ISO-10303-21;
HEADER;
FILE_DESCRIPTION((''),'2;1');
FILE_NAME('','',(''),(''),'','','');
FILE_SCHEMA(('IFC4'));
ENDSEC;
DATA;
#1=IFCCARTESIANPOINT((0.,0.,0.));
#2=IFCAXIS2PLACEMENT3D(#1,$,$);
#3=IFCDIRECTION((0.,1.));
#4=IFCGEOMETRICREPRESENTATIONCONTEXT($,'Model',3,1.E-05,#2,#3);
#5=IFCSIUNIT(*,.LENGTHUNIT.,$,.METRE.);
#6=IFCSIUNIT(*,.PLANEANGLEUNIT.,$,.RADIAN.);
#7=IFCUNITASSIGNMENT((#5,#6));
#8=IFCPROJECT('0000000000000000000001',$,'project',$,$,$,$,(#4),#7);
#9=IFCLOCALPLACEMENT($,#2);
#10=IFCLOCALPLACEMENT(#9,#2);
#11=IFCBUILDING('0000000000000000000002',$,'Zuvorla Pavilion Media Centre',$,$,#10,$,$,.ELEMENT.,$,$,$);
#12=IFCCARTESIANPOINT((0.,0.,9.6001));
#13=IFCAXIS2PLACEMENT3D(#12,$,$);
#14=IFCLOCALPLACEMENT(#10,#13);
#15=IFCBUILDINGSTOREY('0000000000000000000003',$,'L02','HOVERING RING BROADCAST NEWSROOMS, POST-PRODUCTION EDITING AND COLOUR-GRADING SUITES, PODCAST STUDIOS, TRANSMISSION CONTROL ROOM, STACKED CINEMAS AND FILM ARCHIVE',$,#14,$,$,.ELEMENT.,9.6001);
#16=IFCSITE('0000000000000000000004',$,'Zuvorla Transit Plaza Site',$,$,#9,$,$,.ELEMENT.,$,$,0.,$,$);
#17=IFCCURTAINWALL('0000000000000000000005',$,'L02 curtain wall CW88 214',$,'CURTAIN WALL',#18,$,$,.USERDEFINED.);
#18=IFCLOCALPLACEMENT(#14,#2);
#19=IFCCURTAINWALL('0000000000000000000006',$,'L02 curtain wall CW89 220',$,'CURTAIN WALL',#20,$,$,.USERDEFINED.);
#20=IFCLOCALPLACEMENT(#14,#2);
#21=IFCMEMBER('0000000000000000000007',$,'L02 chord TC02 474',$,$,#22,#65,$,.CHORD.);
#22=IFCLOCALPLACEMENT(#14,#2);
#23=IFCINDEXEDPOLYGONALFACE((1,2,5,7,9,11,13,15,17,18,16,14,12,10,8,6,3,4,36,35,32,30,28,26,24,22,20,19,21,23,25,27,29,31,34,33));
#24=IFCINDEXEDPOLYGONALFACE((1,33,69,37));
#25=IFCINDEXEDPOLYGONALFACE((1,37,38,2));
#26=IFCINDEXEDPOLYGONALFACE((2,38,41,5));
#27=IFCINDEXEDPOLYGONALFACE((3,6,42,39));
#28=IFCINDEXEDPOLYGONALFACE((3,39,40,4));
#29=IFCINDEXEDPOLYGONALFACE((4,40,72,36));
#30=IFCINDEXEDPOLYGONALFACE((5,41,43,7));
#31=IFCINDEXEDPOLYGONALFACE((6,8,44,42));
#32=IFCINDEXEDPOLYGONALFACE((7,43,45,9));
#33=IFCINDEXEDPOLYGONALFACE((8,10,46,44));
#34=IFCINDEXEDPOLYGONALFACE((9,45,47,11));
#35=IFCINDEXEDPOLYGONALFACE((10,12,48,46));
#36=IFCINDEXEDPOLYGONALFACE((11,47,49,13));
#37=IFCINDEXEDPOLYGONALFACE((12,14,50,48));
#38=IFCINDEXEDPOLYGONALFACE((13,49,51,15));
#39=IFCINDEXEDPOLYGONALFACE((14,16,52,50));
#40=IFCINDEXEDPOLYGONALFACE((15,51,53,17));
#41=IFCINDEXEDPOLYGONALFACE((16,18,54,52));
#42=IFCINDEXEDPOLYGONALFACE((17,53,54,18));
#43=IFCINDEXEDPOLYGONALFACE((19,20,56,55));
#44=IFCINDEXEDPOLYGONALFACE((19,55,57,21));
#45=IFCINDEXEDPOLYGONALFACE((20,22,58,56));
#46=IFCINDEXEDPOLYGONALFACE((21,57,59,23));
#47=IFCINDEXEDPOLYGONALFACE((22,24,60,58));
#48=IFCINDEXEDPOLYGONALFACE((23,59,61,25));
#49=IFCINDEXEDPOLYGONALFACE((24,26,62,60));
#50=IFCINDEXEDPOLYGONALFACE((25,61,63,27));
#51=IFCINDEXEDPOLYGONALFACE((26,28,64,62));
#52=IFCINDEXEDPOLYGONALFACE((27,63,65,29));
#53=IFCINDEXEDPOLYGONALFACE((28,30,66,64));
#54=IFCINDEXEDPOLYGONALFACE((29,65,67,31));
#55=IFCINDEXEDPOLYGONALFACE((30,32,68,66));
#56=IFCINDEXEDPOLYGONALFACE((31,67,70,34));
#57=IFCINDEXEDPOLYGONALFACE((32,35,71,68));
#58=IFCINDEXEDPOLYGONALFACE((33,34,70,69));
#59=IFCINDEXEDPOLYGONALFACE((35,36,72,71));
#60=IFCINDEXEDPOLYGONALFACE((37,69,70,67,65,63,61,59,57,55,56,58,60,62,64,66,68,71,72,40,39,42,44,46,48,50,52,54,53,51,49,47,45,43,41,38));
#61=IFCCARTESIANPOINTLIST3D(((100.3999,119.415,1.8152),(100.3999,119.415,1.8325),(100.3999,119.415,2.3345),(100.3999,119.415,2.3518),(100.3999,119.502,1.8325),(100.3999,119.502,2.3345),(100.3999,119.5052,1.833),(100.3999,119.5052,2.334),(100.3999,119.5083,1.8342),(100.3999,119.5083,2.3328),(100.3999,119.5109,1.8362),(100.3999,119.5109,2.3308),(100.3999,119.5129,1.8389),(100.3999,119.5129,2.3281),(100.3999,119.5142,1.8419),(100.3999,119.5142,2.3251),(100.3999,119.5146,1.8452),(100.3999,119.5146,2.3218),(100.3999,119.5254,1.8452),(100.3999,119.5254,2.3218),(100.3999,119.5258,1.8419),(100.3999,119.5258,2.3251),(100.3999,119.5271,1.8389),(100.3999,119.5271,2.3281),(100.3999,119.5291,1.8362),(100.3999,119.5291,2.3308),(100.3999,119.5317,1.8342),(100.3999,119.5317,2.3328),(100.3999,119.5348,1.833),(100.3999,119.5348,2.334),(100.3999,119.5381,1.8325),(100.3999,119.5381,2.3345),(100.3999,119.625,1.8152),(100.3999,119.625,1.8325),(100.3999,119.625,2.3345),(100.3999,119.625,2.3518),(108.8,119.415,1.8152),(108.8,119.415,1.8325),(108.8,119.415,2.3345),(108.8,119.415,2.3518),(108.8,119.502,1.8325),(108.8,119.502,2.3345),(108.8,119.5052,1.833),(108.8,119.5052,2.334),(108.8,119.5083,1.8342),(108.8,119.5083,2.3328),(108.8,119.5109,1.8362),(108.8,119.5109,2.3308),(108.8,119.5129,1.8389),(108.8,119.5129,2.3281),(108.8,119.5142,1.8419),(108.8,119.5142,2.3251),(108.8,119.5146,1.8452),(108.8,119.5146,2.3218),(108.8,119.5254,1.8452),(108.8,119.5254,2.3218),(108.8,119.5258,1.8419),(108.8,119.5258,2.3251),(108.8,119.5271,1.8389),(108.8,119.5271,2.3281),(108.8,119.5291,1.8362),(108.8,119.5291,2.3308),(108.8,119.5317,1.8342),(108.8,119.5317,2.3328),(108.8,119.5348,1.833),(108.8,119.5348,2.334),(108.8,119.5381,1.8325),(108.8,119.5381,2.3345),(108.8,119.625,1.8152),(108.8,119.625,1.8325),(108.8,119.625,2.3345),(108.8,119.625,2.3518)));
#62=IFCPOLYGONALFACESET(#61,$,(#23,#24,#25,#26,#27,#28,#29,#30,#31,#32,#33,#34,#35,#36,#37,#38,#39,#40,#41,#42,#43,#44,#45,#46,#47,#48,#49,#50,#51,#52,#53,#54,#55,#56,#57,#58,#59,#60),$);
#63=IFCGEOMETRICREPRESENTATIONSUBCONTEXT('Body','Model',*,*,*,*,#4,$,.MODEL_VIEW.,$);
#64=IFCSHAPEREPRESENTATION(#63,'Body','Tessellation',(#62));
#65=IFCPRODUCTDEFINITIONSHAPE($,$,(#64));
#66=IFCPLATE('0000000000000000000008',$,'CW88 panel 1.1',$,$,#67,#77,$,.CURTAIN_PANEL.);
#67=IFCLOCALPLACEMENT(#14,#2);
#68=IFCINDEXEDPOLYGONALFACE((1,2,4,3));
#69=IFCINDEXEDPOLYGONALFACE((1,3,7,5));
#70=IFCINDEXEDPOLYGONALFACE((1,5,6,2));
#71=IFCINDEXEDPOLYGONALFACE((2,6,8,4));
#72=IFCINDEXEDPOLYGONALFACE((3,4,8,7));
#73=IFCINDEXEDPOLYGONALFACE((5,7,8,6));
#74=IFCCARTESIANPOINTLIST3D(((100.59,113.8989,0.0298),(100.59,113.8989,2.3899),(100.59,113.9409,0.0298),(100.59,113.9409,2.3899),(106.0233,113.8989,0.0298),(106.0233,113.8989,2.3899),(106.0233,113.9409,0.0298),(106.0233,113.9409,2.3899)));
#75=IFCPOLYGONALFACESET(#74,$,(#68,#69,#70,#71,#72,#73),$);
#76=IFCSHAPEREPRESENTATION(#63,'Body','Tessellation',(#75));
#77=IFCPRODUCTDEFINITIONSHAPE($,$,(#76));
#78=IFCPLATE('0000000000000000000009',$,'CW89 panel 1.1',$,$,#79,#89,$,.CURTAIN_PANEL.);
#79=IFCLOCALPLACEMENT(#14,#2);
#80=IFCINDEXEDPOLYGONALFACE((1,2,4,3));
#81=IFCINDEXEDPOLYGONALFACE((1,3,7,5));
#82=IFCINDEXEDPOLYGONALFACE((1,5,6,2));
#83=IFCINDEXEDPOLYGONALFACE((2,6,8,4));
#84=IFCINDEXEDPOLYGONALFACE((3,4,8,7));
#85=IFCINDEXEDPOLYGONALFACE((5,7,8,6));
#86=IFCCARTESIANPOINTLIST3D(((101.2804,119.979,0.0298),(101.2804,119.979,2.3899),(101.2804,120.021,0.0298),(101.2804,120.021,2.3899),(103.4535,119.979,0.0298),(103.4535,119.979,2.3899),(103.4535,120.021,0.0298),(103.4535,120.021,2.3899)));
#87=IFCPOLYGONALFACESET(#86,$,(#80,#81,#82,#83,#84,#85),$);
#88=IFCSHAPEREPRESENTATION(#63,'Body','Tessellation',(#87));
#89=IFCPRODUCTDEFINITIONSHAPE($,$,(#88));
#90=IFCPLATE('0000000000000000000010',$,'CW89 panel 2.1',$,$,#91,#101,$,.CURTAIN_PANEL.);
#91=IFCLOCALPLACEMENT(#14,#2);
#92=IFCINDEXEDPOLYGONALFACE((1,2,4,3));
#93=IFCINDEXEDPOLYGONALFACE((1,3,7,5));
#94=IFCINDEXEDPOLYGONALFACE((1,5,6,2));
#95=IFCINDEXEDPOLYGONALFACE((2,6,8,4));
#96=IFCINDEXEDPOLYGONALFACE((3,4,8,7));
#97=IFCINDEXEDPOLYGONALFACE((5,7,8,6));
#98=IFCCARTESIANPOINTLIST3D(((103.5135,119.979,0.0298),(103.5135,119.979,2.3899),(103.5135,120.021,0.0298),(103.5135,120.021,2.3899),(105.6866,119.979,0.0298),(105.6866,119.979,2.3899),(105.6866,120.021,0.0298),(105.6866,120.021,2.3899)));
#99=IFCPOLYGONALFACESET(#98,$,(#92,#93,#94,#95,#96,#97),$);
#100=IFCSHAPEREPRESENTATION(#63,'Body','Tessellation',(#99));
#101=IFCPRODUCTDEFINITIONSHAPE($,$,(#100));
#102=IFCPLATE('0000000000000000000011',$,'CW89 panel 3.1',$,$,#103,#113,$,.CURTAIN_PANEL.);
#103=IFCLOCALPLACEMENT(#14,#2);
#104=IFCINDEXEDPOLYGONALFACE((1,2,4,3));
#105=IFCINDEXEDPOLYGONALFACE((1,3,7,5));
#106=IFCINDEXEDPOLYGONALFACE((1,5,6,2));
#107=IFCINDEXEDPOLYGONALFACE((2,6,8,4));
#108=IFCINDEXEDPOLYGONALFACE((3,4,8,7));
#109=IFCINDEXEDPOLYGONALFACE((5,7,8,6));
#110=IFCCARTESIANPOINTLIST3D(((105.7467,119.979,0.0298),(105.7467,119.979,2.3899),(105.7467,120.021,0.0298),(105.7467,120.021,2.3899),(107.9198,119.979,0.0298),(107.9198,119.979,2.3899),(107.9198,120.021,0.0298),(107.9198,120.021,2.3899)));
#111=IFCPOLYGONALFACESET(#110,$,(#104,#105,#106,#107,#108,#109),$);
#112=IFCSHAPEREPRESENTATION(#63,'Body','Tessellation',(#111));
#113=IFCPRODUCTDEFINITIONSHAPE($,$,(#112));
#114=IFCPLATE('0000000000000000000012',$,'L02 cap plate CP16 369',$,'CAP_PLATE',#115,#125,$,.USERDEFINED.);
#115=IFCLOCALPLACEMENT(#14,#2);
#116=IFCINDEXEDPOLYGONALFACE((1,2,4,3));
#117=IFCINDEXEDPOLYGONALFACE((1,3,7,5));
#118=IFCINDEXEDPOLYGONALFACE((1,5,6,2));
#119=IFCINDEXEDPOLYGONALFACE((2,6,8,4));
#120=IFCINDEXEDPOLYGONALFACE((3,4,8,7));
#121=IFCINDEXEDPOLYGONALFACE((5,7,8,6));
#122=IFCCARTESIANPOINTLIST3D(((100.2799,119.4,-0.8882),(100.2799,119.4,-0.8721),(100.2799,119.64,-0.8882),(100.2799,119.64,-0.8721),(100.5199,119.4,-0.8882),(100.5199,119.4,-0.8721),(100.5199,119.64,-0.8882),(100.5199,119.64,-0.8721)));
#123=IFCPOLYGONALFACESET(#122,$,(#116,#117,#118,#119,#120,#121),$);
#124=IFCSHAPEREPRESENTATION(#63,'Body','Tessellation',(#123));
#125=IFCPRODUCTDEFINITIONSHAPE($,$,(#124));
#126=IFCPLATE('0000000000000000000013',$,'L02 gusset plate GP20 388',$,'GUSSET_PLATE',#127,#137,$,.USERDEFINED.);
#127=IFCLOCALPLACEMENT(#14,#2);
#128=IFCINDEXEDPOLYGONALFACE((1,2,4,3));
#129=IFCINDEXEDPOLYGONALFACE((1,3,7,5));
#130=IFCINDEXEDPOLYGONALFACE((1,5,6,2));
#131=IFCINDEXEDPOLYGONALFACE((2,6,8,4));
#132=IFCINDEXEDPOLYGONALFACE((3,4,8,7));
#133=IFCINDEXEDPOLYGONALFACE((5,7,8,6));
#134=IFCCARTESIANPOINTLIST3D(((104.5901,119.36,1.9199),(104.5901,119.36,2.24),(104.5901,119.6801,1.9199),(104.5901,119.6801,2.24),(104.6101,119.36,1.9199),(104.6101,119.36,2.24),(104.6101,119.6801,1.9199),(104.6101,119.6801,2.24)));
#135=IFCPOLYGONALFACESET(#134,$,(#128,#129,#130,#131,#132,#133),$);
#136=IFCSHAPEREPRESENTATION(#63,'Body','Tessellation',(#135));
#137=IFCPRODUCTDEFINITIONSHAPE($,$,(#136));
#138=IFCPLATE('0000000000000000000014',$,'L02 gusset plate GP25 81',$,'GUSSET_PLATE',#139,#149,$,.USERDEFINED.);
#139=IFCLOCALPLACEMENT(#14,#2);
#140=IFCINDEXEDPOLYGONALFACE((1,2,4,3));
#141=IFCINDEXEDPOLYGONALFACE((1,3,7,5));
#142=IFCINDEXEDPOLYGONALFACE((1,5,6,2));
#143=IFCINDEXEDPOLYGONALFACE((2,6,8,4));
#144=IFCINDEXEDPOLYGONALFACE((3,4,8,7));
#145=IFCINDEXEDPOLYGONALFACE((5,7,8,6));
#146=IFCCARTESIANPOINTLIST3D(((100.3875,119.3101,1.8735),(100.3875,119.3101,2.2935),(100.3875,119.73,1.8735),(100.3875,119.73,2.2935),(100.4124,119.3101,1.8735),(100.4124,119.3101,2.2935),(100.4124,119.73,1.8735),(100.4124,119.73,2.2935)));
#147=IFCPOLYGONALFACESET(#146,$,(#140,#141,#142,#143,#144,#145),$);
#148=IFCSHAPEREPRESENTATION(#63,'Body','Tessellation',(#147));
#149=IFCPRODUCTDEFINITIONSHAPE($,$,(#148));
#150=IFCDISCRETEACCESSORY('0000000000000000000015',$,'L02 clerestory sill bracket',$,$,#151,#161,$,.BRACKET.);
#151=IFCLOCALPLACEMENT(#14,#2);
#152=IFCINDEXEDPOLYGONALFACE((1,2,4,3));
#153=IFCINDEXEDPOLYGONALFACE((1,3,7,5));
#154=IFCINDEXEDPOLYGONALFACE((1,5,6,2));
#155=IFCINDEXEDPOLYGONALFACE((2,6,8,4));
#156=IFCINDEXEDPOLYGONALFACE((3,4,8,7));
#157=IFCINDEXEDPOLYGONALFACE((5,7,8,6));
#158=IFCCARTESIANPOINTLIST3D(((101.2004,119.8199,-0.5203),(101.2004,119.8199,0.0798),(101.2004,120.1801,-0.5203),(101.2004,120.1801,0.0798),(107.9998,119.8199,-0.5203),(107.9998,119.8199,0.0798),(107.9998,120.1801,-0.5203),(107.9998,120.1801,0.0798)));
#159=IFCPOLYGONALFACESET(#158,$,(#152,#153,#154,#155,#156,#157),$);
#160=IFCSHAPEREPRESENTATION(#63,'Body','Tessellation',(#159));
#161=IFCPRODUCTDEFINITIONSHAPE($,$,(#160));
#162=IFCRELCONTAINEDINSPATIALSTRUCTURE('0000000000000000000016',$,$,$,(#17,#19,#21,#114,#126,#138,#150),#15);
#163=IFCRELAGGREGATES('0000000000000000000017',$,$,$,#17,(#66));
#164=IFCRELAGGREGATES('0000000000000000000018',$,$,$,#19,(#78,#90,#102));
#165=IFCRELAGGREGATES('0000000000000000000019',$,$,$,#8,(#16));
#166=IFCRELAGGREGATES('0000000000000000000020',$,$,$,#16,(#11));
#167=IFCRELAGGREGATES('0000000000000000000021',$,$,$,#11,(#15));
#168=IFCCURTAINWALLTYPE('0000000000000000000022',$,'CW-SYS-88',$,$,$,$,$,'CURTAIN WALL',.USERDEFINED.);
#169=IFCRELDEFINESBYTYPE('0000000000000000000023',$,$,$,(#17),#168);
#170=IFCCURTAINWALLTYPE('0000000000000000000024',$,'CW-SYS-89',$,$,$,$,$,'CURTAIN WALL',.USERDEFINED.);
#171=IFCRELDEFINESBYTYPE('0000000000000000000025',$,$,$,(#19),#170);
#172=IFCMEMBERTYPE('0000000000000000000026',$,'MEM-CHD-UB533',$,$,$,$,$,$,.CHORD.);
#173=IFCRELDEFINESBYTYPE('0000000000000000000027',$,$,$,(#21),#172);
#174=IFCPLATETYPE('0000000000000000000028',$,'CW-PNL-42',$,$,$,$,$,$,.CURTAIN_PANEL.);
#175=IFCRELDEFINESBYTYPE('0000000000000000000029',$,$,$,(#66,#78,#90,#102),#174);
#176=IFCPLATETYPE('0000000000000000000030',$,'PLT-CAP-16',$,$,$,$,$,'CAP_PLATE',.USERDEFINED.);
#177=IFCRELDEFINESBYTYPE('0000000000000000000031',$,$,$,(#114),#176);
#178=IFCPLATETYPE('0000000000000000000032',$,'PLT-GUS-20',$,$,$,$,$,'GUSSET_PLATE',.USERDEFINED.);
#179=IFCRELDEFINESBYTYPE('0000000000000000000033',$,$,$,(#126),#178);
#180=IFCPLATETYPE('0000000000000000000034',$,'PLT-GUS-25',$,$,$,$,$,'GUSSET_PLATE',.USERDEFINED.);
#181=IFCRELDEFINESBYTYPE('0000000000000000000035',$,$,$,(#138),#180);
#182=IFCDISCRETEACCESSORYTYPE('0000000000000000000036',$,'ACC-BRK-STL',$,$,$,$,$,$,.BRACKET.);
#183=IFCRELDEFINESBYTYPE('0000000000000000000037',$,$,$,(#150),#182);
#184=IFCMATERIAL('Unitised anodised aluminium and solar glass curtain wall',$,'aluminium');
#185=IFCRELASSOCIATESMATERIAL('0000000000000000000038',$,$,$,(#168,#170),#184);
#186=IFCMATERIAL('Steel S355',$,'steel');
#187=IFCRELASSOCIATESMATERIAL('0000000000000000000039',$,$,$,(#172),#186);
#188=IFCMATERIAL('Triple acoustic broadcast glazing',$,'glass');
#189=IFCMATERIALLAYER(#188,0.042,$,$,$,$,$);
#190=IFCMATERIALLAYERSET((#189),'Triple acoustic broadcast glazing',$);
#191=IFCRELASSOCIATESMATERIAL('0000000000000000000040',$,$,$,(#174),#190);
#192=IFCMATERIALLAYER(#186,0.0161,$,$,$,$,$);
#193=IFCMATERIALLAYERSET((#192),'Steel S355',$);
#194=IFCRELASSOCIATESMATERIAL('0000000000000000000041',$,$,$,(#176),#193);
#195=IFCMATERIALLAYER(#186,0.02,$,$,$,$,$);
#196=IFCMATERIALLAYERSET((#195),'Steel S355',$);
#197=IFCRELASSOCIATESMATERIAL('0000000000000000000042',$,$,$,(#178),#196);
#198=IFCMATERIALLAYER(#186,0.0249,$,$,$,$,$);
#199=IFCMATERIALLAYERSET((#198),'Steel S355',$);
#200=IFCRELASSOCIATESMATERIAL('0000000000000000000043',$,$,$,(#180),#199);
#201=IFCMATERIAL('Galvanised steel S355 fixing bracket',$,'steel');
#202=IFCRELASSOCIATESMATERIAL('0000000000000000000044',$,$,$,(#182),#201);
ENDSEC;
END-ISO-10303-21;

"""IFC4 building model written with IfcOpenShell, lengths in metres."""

from ifc_helpers import new_model, si_unit, direction, frame, origin, origin_2d, place, context, subcontext, project, spatial, rectangle, i_section, extrude, material, layer, layer_set, material_profile, profile_set, type_object, element, aggregate, save


model = new_model("IFC4")

# Units and contexts
model_context = context("Model", 3, precision=1e-05, world=origin(), true_north=direction((0.0, 1.0)))
body_context = subcontext(model_context, "Body", "Model", "MODEL_VIEW")
ifc_project = project(units=[si_unit("LENGTHUNIT", "METRE"), si_unit("PLANEANGLEUNIT", "RADIAN")], contexts=[model_context])

# Site, building, storey
site_placement = place(None, origin())
site = spatial("IfcSite", under=ifc_project, at=site_placement, Name="Zuvorla Transit Plaza Site", CompositionType="ELEMENT", RefElevation=0.0)
building_placement = place(site_placement, origin())
building = spatial("IfcBuilding", under=site, at=building_placement, Name="Zuvorla Pavilion Media Centre", CompositionType="ELEMENT")
storey_placement = place(building_placement, frame((0.0, 0.0, 9.6001)))
storey = spatial("IfcBuildingStorey", under=building, at=storey_placement, Name="L02", Description="HOVERING RING BROADCAST NEWSROOMS, POST-PRODUCTION EDITING AND COLOUR-GRADING SUITES, PODCAST STUDIOS, TRANSMISSION CONTROL ROOM, STACKED CINEMAS AND FILM ARCHIVE", CompositionType="ELEMENT", Elevation=9.6001)

# Shared definitions
ifc_material_1 = material(Name="Steel S355", Category="steel")

# Curtain walls
ifc_material_2 = material(Name="Unitised anodised aluminium and solar glass curtain wall", Category="aluminium")
curtain_wall_type_1 = type_object("IfcCurtainWallType", Name="CW-SYS-88", ElementType="CURTAIN WALL", PredefinedType="USERDEFINED", material=ifc_material_2)
curtain_wall_1_placement = place(storey_placement, origin())
curtain_wall_1 = element("IfcCurtainWall", 1, at=curtain_wall_1_placement, inside=storey, type_object=curtain_wall_type_1, Name="L02 curtain wall CW88 214", ObjectType="CURTAIN WALL", PredefinedType="USERDEFINED")
curtain_wall_type_2 = type_object("IfcCurtainWallType", Name="CW-SYS-89", ElementType="CURTAIN WALL", PredefinedType="USERDEFINED", material=ifc_material_2)
curtain_wall_2_placement = place(storey_placement, origin())
curtain_wall_2 = element("IfcCurtainWall", 2, at=curtain_wall_2_placement, inside=storey, type_object=curtain_wall_type_2, Name="L02 curtain wall CW89 220", ObjectType="CURTAIN WALL", PredefinedType="USERDEFINED")

# Member
ifc_material_profile_1 = material_profile(ifc_material_1, i_section(OverallWidth=0.21, OverallDepth=0.5366, WebThickness=0.0107, FlangeThickness=0.0173, FilletRadius=0.0127, at=origin_2d()), Name="UB 533x210x101")
ifc_profile_set_1 = profile_set([ifc_material_profile_1], Name="Steel S355")
member_type_1 = type_object("IfcMemberType", Name="MEM-CHD-UB533", PredefinedType="CHORD", material=ifc_profile_set_1)
member_1_placement = place(storey_placement, frame((100.3999, 119.52, 2.0835), z_axis=(1.0, 0.0, 0.0), x_axis=(0.0, 1.0, 0.0)))
element("IfcMember", 3, at=member_1_placement, inside=storey, type_object=member_type_1, Name="L02 chord TC02 474", PredefinedType="CHORD", context=body_context, shape_type="SweptSolid", body=[
    extrude(i_section(OverallWidth=0.21, OverallDepth=0.5366, WebThickness=0.0107, FlangeThickness=0.0173, FilletRadius=0.0127, at=origin_2d()), origin(), (0.0, 0.0, 1.0), 8.4001),
])

# Plates
ifc_material_3 = material(Name="Triple acoustic broadcast glazing", Category="glass")
ifc_layer_1 = layer(ifc_material_3, 0.042)
ifc_layer_set_1 = layer_set([ifc_layer_1], Name="Triple acoustic broadcast glazing")
plate_type_1 = type_object("IfcPlateType", Name="CW-PNL-42", PredefinedType="CURTAIN_PANEL", material=ifc_layer_set_1)
plate_1_placement = place(storey_placement, frame((103.3066, 113.9199, 0.0298), z_axis=(0.0, 0.0, 1.0), x_axis=(1.0, 0.0, 0.0)))
plate_1 = element("IfcPlate", 4, at=plate_1_placement, type_object=plate_type_1, Name="CW88 panel 1.1", PredefinedType="CURTAIN_PANEL", context=body_context, shape_type="SweptSolid", body=[
    extrude(rectangle(XDim=5.4333, YDim=0.042, at=origin_2d()), origin(), (0.0, 0.0, 1.0), 2.3601),
])
aggregate(curtain_wall_1, [plate_1])
plate_2_placement = place(storey_placement, frame((102.3669, 120.0, 0.0298), z_axis=(0.0, 0.0, 1.0), x_axis=(1.0, 0.0, 0.0)))
plate_2 = element("IfcPlate", 5, at=plate_2_placement, type_object=plate_type_1, Name="CW89 panel 1.1", PredefinedType="CURTAIN_PANEL", context=body_context, shape_type="SweptSolid", body=[
    extrude(rectangle(XDim=2.1731, YDim=0.042, at=origin_2d()), origin(), (0.0, 0.0, 1.0), 2.3601),
])
plate_3_placement = place(storey_placement, frame((104.6001, 120.0, 0.0298), z_axis=(0.0, 0.0, 1.0), x_axis=(1.0, 0.0, 0.0)))
plate_3 = element("IfcPlate", 6, at=plate_3_placement, type_object=plate_type_1, Name="CW89 panel 2.1", PredefinedType="CURTAIN_PANEL", context=body_context, shape_type="SweptSolid", body=[
    extrude(rectangle(XDim=2.1731, YDim=0.042, at=origin_2d()), origin(), (0.0, 0.0, 1.0), 2.3601),
])
plate_4_placement = place(storey_placement, frame((106.8333, 120.0, 0.0298), z_axis=(0.0, 0.0, 1.0), x_axis=(1.0, 0.0, 0.0)))
plate_4 = element("IfcPlate", 7, at=plate_4_placement, type_object=plate_type_1, Name="CW89 panel 3.1", PredefinedType="CURTAIN_PANEL", context=body_context, shape_type="SweptSolid", body=[
    extrude(rectangle(XDim=2.1731, YDim=0.042, at=origin_2d()), origin(), (0.0, 0.0, 1.0), 2.3601),
])
aggregate(curtain_wall_2, [plate_2, plate_3, plate_4])

# Plates
ifc_layer_2 = layer(ifc_material_1, 0.0161)
ifc_layer_set_2 = layer_set([ifc_layer_2], Name="Steel S355")
plate_type_2 = type_object("IfcPlateType", Name="PLT-CAP-16", ElementType="CAP_PLATE", PredefinedType="USERDEFINED", material=ifc_layer_set_2)
plate_5_placement = place(storey_placement, frame((100.3999, 119.52, -0.8882), z_axis=(0.0, 0.0, 1.0), x_axis=(1.0, 0.0, 0.0)))
element("IfcPlate", 8, at=plate_5_placement, inside=storey, type_object=plate_type_2, Name="L02 cap plate CP16 369", ObjectType="CAP_PLATE", PredefinedType="USERDEFINED", context=body_context, shape_type="SweptSolid", body=[
    extrude(rectangle(XDim=0.24, YDim=0.24, at=origin_2d()), origin(), (0.0, 0.0, 1.0), 0.0161),
])
ifc_layer_3 = layer(ifc_material_1, 0.02)
ifc_layer_set_3 = layer_set([ifc_layer_3], Name="Steel S355")
plate_type_3 = type_object("IfcPlateType", Name="PLT-GUS-20", ElementType="GUSSET_PLATE", PredefinedType="USERDEFINED", material=ifc_layer_set_3)
plate_6_placement = place(storey_placement, frame((104.6001, 119.52, 1.9199), z_axis=(0.0, 0.0, 1.0), x_axis=(1.0, 0.0, 0.0)))
element("IfcPlate", 9, at=plate_6_placement, inside=storey, type_object=plate_type_3, Name="L02 gusset plate GP20 388", ObjectType="GUSSET_PLATE", PredefinedType="USERDEFINED", context=body_context, shape_type="SweptSolid", body=[
    extrude(rectangle(XDim=0.02, YDim=0.3201, at=origin_2d()), origin(), (0.0, 0.0, 1.0), 0.3201),
])
ifc_layer_4 = layer(ifc_material_1, 0.0249)
ifc_layer_set_4 = layer_set([ifc_layer_4], Name="Steel S355")
plate_type_4 = type_object("IfcPlateType", Name="PLT-GUS-25", ElementType="GUSSET_PLATE", PredefinedType="USERDEFINED", material=ifc_layer_set_4)
plate_7_placement = place(storey_placement, frame((100.3999, 119.52, 1.8735), z_axis=(0.0, 0.0, 1.0), x_axis=(1.0, 0.0, 0.0)))
element("IfcPlate", 10, at=plate_7_placement, inside=storey, type_object=plate_type_4, Name="L02 gusset plate GP25 81", ObjectType="GUSSET_PLATE", PredefinedType="USERDEFINED", context=body_context, shape_type="SweptSolid", body=[
    extrude(rectangle(XDim=0.0249, YDim=0.4199, at=origin_2d()), origin(), (0.0, 0.0, 1.0), 0.4199),
])

# Discrete accessory
ifc_material_4 = material(Name="Galvanised steel S355 fixing bracket", Category="steel")
discrete_accessory_type = type_object("IfcDiscreteAccessoryType", Name="ACC-BRK-STL", PredefinedType="BRACKET", material=ifc_material_4)
discrete_accessory_placement = place(storey_placement, frame((104.6001, 120.0, -0.5203), z_axis=(0.0, 0.0, 1.0), x_axis=(1.0, 0.0, 0.0)))
element("IfcDiscreteAccessory", 11, at=discrete_accessory_placement, inside=storey, type_object=discrete_accessory_type, Name="L02 clerestory sill bracket", PredefinedType="BRACKET", context=body_context, shape_type="SweptSolid", body=[
    extrude(rectangle(XDim=6.7993, YDim=0.3601, at=origin_2d()), origin(), (0.0, 0.0, 1.0), 0.6001),
])

save(model, "model.ifc")
